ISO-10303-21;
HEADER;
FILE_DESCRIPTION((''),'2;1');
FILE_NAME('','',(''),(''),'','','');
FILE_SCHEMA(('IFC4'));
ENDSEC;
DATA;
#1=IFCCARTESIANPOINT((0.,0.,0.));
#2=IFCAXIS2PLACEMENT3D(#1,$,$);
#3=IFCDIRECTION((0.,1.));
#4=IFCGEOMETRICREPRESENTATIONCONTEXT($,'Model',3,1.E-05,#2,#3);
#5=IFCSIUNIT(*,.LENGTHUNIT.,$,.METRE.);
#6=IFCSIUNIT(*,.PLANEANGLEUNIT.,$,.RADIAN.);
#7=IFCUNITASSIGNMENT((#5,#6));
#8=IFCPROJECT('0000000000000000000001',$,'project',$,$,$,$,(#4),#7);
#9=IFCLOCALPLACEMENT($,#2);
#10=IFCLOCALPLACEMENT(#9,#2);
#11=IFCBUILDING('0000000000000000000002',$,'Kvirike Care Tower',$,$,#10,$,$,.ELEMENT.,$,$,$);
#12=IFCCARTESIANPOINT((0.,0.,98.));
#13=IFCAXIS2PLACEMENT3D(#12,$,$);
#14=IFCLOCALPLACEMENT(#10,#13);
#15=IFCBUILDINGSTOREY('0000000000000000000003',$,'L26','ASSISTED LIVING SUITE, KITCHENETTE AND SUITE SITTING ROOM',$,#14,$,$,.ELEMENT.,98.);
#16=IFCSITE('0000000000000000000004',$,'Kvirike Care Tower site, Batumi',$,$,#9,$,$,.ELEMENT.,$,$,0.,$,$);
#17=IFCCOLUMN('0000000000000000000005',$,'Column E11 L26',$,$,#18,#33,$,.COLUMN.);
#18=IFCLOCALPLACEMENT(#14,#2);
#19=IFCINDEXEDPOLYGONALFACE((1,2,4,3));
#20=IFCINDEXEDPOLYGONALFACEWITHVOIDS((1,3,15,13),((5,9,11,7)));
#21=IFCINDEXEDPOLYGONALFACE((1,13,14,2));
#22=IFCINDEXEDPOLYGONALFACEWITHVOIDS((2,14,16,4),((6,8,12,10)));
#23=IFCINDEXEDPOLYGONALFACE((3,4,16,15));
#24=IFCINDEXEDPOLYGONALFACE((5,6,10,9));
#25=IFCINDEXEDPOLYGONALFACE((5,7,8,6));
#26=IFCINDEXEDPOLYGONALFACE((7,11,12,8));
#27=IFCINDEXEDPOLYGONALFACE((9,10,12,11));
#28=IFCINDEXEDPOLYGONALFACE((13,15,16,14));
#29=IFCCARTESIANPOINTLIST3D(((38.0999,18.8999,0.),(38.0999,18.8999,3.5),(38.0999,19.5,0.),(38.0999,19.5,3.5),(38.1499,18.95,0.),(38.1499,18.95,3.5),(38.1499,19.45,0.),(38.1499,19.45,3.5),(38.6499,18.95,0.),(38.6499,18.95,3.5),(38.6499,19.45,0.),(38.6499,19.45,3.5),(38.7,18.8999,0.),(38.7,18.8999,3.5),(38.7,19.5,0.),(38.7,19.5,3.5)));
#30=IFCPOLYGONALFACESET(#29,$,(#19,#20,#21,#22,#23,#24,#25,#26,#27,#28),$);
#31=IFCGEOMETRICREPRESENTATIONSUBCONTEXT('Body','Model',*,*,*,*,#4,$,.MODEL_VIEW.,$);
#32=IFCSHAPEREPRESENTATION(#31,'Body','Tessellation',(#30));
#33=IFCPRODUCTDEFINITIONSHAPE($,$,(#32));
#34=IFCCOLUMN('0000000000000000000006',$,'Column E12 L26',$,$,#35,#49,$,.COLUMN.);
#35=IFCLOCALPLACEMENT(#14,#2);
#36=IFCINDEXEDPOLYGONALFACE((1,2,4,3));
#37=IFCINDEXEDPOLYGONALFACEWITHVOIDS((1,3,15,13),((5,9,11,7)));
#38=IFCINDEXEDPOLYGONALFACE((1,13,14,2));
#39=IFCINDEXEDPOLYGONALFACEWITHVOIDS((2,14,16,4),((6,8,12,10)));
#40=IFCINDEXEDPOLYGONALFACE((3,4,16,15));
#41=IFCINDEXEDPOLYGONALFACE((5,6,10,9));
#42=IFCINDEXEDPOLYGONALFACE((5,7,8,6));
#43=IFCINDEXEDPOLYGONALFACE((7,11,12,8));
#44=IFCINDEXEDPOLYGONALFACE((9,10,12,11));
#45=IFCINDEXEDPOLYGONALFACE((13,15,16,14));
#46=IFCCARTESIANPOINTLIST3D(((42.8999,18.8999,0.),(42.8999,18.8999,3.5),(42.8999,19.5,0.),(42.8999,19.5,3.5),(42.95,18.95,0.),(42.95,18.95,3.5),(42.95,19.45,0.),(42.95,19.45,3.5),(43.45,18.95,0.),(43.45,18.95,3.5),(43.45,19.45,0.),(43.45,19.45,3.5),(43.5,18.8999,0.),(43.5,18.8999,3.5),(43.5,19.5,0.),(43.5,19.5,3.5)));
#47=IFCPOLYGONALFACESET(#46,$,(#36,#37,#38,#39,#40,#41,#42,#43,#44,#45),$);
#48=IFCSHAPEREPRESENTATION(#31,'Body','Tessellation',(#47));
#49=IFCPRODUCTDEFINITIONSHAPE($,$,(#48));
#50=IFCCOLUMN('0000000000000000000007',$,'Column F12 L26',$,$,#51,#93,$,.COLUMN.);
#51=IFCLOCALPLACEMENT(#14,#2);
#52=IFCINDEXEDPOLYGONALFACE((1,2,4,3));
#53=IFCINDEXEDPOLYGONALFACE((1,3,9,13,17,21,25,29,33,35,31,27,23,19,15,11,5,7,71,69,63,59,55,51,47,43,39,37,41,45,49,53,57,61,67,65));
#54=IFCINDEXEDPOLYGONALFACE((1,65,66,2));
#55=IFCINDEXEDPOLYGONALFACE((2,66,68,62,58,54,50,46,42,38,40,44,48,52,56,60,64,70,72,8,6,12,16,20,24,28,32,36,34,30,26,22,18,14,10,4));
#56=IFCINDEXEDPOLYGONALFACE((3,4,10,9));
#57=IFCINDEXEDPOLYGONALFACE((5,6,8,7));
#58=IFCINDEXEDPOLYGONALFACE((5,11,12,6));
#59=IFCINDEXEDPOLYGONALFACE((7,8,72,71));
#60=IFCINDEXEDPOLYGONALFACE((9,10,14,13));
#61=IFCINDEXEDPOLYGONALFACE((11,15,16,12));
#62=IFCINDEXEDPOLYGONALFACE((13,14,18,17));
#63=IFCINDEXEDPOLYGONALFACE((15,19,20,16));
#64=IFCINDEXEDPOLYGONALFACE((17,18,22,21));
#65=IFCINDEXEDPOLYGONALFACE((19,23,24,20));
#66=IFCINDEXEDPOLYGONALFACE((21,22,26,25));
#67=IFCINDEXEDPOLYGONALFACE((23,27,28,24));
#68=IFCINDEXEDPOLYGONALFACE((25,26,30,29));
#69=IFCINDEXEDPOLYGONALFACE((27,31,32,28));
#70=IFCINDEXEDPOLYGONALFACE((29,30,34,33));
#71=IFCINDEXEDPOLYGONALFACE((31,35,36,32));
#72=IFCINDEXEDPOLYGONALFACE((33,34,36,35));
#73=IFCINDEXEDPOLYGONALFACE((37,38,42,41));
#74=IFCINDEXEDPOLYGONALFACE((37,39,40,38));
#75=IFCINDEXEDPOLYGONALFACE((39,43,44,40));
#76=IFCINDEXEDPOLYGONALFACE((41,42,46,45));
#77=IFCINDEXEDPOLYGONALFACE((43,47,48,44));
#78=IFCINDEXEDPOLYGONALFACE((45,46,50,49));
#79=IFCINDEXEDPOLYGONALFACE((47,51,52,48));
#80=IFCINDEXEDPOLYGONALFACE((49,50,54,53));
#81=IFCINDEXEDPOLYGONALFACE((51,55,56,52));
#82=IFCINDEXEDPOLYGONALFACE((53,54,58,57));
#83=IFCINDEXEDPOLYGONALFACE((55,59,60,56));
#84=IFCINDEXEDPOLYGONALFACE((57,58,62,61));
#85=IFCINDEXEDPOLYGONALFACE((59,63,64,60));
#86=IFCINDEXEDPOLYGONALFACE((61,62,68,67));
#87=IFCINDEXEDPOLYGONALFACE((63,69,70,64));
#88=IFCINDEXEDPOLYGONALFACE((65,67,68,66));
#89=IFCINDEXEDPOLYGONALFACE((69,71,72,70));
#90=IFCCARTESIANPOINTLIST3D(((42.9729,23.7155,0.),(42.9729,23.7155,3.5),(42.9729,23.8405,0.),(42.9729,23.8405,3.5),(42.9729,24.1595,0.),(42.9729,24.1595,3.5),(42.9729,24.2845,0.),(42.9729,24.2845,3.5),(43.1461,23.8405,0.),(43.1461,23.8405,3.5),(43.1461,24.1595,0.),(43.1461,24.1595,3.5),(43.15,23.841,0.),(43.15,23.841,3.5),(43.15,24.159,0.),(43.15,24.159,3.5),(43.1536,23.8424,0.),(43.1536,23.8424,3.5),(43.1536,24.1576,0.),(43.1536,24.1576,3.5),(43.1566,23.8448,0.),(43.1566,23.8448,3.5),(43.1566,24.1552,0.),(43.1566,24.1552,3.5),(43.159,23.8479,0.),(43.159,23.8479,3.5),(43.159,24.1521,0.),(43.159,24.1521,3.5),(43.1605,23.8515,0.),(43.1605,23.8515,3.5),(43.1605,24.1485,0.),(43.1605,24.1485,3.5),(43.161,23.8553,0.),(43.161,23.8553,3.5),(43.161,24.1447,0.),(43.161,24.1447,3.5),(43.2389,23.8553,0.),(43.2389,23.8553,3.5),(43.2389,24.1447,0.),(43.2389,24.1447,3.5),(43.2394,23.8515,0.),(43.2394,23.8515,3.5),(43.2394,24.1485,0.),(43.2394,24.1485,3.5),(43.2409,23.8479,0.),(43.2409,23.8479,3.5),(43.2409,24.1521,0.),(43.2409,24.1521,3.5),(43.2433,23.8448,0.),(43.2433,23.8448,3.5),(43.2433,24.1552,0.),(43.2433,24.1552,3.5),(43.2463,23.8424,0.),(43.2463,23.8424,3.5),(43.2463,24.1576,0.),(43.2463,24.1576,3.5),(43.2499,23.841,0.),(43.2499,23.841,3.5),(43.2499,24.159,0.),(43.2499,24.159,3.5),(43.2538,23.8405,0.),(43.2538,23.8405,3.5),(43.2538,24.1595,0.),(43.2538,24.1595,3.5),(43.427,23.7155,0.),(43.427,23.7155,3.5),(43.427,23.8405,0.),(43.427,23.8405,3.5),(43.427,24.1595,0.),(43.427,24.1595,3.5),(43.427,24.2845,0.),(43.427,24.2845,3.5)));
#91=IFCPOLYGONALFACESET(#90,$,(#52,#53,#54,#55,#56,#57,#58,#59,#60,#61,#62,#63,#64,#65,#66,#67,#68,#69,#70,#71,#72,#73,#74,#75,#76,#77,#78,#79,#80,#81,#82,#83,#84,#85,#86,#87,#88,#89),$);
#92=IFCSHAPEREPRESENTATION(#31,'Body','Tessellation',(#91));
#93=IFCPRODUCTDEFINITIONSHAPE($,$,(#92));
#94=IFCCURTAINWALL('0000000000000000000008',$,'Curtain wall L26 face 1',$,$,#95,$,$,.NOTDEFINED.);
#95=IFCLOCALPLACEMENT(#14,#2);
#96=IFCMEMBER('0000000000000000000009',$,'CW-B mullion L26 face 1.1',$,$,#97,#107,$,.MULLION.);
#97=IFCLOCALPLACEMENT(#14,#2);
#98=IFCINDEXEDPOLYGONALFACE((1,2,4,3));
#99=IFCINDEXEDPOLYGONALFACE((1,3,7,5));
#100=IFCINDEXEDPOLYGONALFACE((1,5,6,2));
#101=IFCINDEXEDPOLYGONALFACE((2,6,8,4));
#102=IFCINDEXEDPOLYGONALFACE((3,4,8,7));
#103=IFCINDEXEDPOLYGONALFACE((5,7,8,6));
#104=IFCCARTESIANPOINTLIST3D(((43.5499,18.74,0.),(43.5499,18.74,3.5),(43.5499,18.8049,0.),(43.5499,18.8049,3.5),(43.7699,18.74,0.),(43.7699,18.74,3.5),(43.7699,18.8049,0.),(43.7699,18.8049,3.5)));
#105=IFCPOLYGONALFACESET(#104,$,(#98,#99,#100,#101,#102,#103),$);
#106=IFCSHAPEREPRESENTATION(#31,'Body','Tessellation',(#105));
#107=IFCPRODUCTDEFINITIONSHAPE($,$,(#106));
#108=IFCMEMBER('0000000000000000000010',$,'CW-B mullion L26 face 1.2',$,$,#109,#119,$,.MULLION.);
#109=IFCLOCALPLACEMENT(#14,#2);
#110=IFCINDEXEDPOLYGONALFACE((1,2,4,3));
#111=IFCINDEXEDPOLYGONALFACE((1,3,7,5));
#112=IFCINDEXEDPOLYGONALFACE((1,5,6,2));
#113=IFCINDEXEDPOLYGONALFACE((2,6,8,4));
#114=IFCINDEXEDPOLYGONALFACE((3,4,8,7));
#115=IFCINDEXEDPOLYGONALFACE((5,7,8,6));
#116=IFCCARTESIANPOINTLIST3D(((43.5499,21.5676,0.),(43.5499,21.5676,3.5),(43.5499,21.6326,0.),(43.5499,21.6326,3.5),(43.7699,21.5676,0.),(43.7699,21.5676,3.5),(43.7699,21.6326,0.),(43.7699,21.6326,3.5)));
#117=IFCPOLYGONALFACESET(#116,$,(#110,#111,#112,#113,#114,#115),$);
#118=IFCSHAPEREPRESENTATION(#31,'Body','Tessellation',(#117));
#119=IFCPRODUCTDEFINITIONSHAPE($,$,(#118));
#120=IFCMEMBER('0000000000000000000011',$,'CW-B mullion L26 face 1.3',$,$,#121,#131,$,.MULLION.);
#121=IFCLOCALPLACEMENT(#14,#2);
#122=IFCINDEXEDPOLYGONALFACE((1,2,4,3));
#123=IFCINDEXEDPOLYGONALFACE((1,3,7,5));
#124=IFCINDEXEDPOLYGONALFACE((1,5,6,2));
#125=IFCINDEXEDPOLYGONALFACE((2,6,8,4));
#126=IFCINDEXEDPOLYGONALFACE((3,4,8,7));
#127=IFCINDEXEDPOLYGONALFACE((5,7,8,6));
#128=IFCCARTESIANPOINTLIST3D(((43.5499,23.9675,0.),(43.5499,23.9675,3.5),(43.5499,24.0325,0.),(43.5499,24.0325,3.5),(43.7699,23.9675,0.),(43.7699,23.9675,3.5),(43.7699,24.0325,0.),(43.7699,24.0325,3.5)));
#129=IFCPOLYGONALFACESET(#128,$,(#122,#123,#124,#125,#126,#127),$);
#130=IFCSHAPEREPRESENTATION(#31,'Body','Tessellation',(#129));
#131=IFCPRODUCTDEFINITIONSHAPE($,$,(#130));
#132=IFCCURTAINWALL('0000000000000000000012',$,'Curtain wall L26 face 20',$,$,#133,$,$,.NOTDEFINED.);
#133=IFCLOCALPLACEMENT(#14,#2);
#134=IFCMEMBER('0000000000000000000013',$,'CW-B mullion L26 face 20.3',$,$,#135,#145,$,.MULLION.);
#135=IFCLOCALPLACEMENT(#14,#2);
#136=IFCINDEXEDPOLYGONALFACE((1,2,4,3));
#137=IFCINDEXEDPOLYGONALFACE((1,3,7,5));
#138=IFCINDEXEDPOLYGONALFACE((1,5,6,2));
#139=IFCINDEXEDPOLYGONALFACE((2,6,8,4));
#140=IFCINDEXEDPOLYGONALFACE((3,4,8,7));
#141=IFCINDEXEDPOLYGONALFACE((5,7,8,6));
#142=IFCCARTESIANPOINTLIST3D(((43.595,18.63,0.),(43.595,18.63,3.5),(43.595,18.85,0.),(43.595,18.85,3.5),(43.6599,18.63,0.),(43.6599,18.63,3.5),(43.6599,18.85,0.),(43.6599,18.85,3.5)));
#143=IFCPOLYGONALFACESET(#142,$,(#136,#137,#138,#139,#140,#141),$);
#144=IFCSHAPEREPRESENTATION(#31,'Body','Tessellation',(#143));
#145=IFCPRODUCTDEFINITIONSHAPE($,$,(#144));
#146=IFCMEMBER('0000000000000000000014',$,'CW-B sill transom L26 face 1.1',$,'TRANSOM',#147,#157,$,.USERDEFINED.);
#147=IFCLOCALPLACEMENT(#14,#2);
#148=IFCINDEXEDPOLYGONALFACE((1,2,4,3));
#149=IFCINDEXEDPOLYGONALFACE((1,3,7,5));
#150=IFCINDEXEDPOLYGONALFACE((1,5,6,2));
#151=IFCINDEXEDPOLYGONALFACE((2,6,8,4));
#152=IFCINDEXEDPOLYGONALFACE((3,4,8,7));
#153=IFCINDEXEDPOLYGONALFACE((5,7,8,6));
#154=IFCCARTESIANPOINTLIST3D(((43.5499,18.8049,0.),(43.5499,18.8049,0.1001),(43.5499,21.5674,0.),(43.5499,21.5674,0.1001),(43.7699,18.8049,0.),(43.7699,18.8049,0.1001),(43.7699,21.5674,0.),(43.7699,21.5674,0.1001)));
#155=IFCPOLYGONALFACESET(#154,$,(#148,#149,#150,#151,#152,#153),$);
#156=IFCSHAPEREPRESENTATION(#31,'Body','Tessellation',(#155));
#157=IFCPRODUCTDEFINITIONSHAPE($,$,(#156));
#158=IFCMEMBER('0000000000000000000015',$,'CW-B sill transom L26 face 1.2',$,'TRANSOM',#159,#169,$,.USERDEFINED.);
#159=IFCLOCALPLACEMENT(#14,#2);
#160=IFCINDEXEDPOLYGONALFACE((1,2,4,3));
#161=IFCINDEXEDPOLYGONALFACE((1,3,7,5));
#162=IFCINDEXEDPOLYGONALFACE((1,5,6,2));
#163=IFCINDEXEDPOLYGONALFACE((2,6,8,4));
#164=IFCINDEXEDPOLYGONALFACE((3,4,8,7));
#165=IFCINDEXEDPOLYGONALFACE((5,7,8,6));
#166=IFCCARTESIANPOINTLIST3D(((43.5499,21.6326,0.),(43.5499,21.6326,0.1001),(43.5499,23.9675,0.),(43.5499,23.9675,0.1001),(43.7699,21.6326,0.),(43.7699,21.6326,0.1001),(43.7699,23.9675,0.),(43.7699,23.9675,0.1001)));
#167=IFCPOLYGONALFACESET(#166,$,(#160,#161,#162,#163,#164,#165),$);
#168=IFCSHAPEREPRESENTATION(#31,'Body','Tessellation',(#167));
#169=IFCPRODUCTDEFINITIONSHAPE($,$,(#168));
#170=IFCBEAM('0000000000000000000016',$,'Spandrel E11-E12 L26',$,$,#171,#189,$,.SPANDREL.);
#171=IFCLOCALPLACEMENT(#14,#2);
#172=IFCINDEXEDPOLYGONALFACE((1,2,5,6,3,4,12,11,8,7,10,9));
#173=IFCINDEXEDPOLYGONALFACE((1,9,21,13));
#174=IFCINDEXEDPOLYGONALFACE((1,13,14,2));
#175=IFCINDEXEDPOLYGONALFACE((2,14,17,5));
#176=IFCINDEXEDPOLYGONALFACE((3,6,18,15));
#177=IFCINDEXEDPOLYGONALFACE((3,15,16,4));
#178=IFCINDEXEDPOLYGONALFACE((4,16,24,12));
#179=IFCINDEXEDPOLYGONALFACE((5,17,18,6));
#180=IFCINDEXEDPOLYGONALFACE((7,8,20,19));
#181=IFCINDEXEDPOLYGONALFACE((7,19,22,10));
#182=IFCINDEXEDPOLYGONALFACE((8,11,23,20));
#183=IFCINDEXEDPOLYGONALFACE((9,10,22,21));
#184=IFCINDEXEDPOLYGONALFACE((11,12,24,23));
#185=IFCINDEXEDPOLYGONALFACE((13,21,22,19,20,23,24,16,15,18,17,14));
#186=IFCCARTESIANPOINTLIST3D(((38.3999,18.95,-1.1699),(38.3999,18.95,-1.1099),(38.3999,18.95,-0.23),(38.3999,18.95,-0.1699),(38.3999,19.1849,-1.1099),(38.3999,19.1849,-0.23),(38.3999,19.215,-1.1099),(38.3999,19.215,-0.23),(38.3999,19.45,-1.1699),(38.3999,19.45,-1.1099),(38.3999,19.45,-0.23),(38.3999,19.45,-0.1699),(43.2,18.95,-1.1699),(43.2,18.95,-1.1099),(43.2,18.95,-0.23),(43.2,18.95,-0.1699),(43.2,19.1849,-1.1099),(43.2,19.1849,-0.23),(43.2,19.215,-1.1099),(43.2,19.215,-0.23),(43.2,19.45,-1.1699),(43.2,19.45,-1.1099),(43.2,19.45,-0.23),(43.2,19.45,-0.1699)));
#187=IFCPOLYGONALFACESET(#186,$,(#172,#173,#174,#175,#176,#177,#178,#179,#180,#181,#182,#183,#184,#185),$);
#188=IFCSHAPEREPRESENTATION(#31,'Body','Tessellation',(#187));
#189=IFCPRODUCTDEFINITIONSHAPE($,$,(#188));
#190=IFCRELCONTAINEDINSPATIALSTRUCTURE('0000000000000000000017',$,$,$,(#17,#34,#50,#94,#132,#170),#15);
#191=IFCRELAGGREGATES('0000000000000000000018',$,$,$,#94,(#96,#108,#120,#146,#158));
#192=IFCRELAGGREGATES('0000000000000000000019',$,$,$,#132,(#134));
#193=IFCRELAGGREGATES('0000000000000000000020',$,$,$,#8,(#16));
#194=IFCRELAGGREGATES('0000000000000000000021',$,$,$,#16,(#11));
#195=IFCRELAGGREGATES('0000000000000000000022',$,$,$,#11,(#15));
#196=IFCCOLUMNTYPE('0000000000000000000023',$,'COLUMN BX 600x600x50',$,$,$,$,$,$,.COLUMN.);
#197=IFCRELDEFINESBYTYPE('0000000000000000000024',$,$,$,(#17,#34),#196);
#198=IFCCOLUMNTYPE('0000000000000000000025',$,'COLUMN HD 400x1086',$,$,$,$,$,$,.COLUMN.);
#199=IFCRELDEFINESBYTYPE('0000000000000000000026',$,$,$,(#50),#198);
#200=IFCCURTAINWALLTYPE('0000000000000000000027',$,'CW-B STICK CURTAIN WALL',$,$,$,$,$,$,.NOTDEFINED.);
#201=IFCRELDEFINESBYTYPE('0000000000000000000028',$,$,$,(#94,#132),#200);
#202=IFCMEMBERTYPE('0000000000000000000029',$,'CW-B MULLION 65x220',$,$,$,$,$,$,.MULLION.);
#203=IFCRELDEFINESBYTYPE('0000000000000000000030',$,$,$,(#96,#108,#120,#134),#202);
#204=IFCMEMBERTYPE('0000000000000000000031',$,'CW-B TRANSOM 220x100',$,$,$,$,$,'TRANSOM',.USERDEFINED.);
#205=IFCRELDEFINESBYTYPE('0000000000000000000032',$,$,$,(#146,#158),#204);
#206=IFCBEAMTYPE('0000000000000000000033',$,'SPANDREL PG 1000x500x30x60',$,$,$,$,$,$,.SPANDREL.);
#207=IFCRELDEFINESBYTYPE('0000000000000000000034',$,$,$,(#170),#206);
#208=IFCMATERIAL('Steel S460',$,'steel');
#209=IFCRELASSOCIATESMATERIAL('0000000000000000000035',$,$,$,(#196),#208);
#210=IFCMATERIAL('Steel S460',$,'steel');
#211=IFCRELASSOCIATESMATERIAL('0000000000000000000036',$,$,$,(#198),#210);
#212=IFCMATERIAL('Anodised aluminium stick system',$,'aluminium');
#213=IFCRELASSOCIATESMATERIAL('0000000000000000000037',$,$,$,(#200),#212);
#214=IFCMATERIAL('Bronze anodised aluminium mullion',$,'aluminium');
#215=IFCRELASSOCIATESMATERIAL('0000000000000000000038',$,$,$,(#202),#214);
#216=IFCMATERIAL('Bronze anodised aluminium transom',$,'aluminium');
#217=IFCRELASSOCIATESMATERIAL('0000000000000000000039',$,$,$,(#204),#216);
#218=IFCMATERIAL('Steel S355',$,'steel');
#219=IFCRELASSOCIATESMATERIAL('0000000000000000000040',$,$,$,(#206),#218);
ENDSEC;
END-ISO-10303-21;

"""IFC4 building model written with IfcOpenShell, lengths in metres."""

from ifc_helpers import new_model, si_unit, direction, frame, origin, origin_2d, place, context, subcontext, project, spatial, rectangle, hollow_rectangle, i_section, extrude, material, material_profile, profile_set, type_object, element, aggregate, save


model = new_model("IFC4")

# Units and contexts
model_context = context("Model", 3, precision=1e-05, world=origin(), true_north=direction((0.0, 1.0)))
body_context = subcontext(model_context, "Body", "Model", "MODEL_VIEW")
ifc_project = project(units=[si_unit("LENGTHUNIT", "METRE"), si_unit("PLANEANGLEUNIT", "RADIAN")], contexts=[model_context])

# Site, building, storey
site_placement = place(None, origin())
site = spatial("IfcSite", under=ifc_project, at=site_placement, Name="Kvirike Care Tower site, Batumi", CompositionType="ELEMENT", RefElevation=0.0)
building_placement = place(site_placement, origin())
building = spatial("IfcBuilding", under=site, at=building_placement, Name="Kvirike Care Tower", CompositionType="ELEMENT")
storey_placement = place(building_placement, frame((0.0, 0.0, 98.0)))
storey = spatial("IfcBuildingStorey", under=building, at=storey_placement, Name="L26", Description="ASSISTED LIVING SUITE, KITCHENETTE AND SUITE SITTING ROOM", CompositionType="ELEMENT", Elevation=98.0)

# Columns
ifc_material_1 = material(Name="Steel S460", Category="steel")
ifc_material_profile_1 = material_profile(ifc_material_1, hollow_rectangle(XDim=0.6001, YDim=0.6001, WallThickness=0.05, at=origin_2d()), Name="BX 600x600x50")
ifc_profile_set_1 = profile_set([ifc_material_profile_1], Name="Steel S460")
column_type_1 = type_object("IfcColumnType", Name="COLUMN BX 600x600x50", PredefinedType="COLUMN", material=ifc_profile_set_1)
for number, where, z_axis, x_axis, name in (
    (1, (38.3999, 19.2, 0.0), (0.0, 0.0, 1.0), (0.0, 1.0, 0.0), "Column E11 L26"),
    (2, (43.2, 19.2, 0.0), (0.0, 0.0, 1.0), (0.0, 1.0, 0.0), "Column E12 L26"),
):
    element("IfcColumn", number, at=place(storey_placement, frame(where, z_axis=z_axis, x_axis=x_axis)), inside=storey, type_object=column_type_1, Name=name, PredefinedType="COLUMN", context=body_context, shape_type="SweptSolid", body=[
        extrude(hollow_rectangle(XDim=0.6001, YDim=0.6001, WallThickness=0.05, at=origin_2d()), origin(), (0.0, 0.0, 1.0), 3.5),
    ])
ifc_material_2 = material(Name="Steel S460", Category="steel")
ifc_material_profile_2 = material_profile(ifc_material_2, i_section(OverallWidth=0.4541, OverallDepth=0.5691, WebThickness=0.0779, FlangeThickness=0.125, FilletRadius=0.0149, at=origin_2d()), Name="HD 400x1086")
ifc_profile_set_2 = profile_set([ifc_material_profile_2], Name="Steel S460")
column_type_2 = type_object("IfcColumnType", Name="COLUMN HD 400x1086", PredefinedType="COLUMN", material=ifc_profile_set_2)
column_placement = place(storey_placement, frame((43.2, 24.0, 0.0), z_axis=(0.0, 0.0, 1.0), x_axis=(1.0, 0.0, 0.0)))
element("IfcColumn", 3, at=column_placement, inside=storey, type_object=column_type_2, Name="Column F12 L26", PredefinedType="COLUMN", context=body_context, shape_type="SweptSolid", body=[
    extrude(i_section(OverallWidth=0.4541, OverallDepth=0.5691, WebThickness=0.0779, FlangeThickness=0.125, FilletRadius=0.0149, at=origin_2d()), origin(), (0.0, 0.0, 1.0), 3.5),
])

# Curtain wall, members
ifc_material_3 = material(Name="Anodised aluminium stick system", Category="aluminium")
curtain_wall_type = type_object("IfcCurtainWallType", Name="CW-B STICK CURTAIN WALL", PredefinedType="NOTDEFINED", material=ifc_material_3)
curtain_wall_1_placement = place(storey_placement, origin())
curtain_wall_1 = element("IfcCurtainWall", 4, at=curtain_wall_1_placement, inside=storey, type_object=curtain_wall_type, Name="Curtain wall L26 face 1", PredefinedType="NOTDEFINED")
ifc_material_4 = material(Name="Bronze anodised aluminium mullion", Category="aluminium")
ifc_material_profile_3 = material_profile(ifc_material_4, rectangle(XDim=0.0649, YDim=0.22, at=origin_2d()), Name="CW-B MULLION 65x220")
ifc_profile_set_3 = profile_set([ifc_material_profile_3], Name="Bronze anodised aluminium mullion")
member_type_1 = type_object("IfcMemberType", Name="CW-B MULLION 65x220", PredefinedType="MULLION", material=ifc_profile_set_3)
member_1_placement = place(storey_placement, frame((43.6599, 18.7725, 0.0), z_axis=(0.0, 0.0, 1.0), x_axis=(0.0, 1.0, 0.0)))
member_1 = element("IfcMember", 5, at=member_1_placement, type_object=member_type_1, Name="CW-B mullion L26 face 1.1", PredefinedType="MULLION", context=body_context, shape_type="SweptSolid", body=[
    extrude(rectangle(XDim=0.0649, YDim=0.22, at=origin_2d()), origin(), (0.0, 0.0, 1.0), 3.5),
])
member_2_placement = place(storey_placement, frame((43.6599, 21.6001, 0.0), z_axis=(0.0, 0.0, 1.0), x_axis=(0.0, 1.0, 0.0)))
member_2 = element("IfcMember", 6, at=member_2_placement, type_object=member_type_1, Name="CW-B mullion L26 face 1.2", PredefinedType="MULLION", context=body_context, shape_type="SweptSolid", body=[
    extrude(rectangle(XDim=0.0649, YDim=0.22, at=origin_2d()), origin(), (0.0, 0.0, 1.0), 3.5),
])
member_3_placement = place(storey_placement, frame((43.6599, 24.0, 0.0), z_axis=(0.0, 0.0, 1.0), x_axis=(0.0, 1.0, 0.0)))
member_3 = element("IfcMember", 7, at=member_3_placement, type_object=member_type_1, Name="CW-B mullion L26 face 1.3", PredefinedType="MULLION", context=body_context, shape_type="SweptSolid", body=[
    extrude(rectangle(XDim=0.0649, YDim=0.22, at=origin_2d()), origin(), (0.0, 0.0, 1.0), 3.5),
])

# Curtain wall, member
curtain_wall_2_placement = place(storey_placement, origin())
curtain_wall_2 = element("IfcCurtainWall", 8, at=curtain_wall_2_placement, inside=storey, type_object=curtain_wall_type, Name="Curtain wall L26 face 20", PredefinedType="NOTDEFINED")
member_4_placement = place(storey_placement, frame((43.6274, 18.74, 0.0), z_axis=(0.0, 0.0, 1.0), x_axis=(1.0, 0.0, 0.0)))
member_4 = element("IfcMember", 9, at=member_4_placement, type_object=member_type_1, Name="CW-B mullion L26 face 20.3", PredefinedType="MULLION", context=body_context, shape_type="SweptSolid", body=[
    extrude(rectangle(XDim=0.0649, YDim=0.22, at=origin_2d()), origin(), (0.0, 0.0, 1.0), 3.5),
])

# Members
ifc_material_5 = material(Name="Bronze anodised aluminium transom", Category="aluminium")
ifc_material_profile_4 = material_profile(ifc_material_5, rectangle(XDim=0.22, YDim=0.1001, at=origin_2d()), Name="CW-B TRANSOM 220x100")
ifc_profile_set_4 = profile_set([ifc_material_profile_4], Name="Bronze anodised aluminium transom")
member_type_2 = type_object("IfcMemberType", Name="CW-B TRANSOM 220x100", ElementType="TRANSOM", PredefinedType="USERDEFINED", material=ifc_profile_set_4)
member_5_placement = place(storey_placement, frame((43.6599, 18.8049, 0.05), z_axis=(0.0, 1.0, 0.0), x_axis=(-1.0, 0.0, 0.0)))
member_5 = element("IfcMember", 10, at=member_5_placement, type_object=member_type_2, Name="CW-B sill transom L26 face 1.1", ObjectType="TRANSOM", PredefinedType="USERDEFINED", context=body_context, shape_type="SweptSolid", body=[
    extrude(rectangle(XDim=0.22, YDim=0.1001, at=origin_2d()), origin(), (0.0, 0.0, 1.0), 2.7625),
])
member_6_placement = place(storey_placement, frame((43.6599, 21.6326, 0.05), z_axis=(0.0, 1.0, 0.0), x_axis=(-1.0, 0.0, 0.0)))
member_6 = element("IfcMember", 11, at=member_6_placement, type_object=member_type_2, Name="CW-B sill transom L26 face 1.2", ObjectType="TRANSOM", PredefinedType="USERDEFINED", context=body_context, shape_type="SweptSolid", body=[
    extrude(rectangle(XDim=0.22, YDim=0.1001, at=origin_2d()), origin(), (0.0, 0.0, 1.0), 2.335),
])

# Beam
ifc_material_6 = material(Name="Steel S355", Category="steel")
ifc_material_profile_5 = material_profile(ifc_material_6, i_section(OverallWidth=0.5, OverallDepth=1.0, WebThickness=0.03, FlangeThickness=0.0601, at=origin_2d()), Name="PG 1000x500x30x60")
ifc_profile_set_5 = profile_set([ifc_material_profile_5], Name="Steel S355")
beam_type = type_object("IfcBeamType", Name="SPANDREL PG 1000x500x30x60", PredefinedType="SPANDREL", material=ifc_profile_set_5)
for number, where, z_axis, x_axis, name in (
    (12, (38.3999, 19.2, -0.6699), (1.0, 0.0, 0.0), (0.0, 1.0, 0.0), "Spandrel E11-E12 L26"),
):
    element("IfcBeam", number, at=place(storey_placement, frame(where, z_axis=z_axis, x_axis=x_axis)), inside=storey, type_object=beam_type, Name=name, PredefinedType="SPANDREL", context=body_context, shape_type="SweptSolid", body=[
        extrude(i_section(OverallWidth=0.5, OverallDepth=1.0, WebThickness=0.03, FlangeThickness=0.0601, at=origin_2d()), origin(), (0.0, 0.0, 1.0), 4.8),
    ])

aggregate(curtain_wall_1, [member_1, member_2, member_3, member_5, member_6])
aggregate(curtain_wall_2, [member_4])

save(model, "model.ifc")
